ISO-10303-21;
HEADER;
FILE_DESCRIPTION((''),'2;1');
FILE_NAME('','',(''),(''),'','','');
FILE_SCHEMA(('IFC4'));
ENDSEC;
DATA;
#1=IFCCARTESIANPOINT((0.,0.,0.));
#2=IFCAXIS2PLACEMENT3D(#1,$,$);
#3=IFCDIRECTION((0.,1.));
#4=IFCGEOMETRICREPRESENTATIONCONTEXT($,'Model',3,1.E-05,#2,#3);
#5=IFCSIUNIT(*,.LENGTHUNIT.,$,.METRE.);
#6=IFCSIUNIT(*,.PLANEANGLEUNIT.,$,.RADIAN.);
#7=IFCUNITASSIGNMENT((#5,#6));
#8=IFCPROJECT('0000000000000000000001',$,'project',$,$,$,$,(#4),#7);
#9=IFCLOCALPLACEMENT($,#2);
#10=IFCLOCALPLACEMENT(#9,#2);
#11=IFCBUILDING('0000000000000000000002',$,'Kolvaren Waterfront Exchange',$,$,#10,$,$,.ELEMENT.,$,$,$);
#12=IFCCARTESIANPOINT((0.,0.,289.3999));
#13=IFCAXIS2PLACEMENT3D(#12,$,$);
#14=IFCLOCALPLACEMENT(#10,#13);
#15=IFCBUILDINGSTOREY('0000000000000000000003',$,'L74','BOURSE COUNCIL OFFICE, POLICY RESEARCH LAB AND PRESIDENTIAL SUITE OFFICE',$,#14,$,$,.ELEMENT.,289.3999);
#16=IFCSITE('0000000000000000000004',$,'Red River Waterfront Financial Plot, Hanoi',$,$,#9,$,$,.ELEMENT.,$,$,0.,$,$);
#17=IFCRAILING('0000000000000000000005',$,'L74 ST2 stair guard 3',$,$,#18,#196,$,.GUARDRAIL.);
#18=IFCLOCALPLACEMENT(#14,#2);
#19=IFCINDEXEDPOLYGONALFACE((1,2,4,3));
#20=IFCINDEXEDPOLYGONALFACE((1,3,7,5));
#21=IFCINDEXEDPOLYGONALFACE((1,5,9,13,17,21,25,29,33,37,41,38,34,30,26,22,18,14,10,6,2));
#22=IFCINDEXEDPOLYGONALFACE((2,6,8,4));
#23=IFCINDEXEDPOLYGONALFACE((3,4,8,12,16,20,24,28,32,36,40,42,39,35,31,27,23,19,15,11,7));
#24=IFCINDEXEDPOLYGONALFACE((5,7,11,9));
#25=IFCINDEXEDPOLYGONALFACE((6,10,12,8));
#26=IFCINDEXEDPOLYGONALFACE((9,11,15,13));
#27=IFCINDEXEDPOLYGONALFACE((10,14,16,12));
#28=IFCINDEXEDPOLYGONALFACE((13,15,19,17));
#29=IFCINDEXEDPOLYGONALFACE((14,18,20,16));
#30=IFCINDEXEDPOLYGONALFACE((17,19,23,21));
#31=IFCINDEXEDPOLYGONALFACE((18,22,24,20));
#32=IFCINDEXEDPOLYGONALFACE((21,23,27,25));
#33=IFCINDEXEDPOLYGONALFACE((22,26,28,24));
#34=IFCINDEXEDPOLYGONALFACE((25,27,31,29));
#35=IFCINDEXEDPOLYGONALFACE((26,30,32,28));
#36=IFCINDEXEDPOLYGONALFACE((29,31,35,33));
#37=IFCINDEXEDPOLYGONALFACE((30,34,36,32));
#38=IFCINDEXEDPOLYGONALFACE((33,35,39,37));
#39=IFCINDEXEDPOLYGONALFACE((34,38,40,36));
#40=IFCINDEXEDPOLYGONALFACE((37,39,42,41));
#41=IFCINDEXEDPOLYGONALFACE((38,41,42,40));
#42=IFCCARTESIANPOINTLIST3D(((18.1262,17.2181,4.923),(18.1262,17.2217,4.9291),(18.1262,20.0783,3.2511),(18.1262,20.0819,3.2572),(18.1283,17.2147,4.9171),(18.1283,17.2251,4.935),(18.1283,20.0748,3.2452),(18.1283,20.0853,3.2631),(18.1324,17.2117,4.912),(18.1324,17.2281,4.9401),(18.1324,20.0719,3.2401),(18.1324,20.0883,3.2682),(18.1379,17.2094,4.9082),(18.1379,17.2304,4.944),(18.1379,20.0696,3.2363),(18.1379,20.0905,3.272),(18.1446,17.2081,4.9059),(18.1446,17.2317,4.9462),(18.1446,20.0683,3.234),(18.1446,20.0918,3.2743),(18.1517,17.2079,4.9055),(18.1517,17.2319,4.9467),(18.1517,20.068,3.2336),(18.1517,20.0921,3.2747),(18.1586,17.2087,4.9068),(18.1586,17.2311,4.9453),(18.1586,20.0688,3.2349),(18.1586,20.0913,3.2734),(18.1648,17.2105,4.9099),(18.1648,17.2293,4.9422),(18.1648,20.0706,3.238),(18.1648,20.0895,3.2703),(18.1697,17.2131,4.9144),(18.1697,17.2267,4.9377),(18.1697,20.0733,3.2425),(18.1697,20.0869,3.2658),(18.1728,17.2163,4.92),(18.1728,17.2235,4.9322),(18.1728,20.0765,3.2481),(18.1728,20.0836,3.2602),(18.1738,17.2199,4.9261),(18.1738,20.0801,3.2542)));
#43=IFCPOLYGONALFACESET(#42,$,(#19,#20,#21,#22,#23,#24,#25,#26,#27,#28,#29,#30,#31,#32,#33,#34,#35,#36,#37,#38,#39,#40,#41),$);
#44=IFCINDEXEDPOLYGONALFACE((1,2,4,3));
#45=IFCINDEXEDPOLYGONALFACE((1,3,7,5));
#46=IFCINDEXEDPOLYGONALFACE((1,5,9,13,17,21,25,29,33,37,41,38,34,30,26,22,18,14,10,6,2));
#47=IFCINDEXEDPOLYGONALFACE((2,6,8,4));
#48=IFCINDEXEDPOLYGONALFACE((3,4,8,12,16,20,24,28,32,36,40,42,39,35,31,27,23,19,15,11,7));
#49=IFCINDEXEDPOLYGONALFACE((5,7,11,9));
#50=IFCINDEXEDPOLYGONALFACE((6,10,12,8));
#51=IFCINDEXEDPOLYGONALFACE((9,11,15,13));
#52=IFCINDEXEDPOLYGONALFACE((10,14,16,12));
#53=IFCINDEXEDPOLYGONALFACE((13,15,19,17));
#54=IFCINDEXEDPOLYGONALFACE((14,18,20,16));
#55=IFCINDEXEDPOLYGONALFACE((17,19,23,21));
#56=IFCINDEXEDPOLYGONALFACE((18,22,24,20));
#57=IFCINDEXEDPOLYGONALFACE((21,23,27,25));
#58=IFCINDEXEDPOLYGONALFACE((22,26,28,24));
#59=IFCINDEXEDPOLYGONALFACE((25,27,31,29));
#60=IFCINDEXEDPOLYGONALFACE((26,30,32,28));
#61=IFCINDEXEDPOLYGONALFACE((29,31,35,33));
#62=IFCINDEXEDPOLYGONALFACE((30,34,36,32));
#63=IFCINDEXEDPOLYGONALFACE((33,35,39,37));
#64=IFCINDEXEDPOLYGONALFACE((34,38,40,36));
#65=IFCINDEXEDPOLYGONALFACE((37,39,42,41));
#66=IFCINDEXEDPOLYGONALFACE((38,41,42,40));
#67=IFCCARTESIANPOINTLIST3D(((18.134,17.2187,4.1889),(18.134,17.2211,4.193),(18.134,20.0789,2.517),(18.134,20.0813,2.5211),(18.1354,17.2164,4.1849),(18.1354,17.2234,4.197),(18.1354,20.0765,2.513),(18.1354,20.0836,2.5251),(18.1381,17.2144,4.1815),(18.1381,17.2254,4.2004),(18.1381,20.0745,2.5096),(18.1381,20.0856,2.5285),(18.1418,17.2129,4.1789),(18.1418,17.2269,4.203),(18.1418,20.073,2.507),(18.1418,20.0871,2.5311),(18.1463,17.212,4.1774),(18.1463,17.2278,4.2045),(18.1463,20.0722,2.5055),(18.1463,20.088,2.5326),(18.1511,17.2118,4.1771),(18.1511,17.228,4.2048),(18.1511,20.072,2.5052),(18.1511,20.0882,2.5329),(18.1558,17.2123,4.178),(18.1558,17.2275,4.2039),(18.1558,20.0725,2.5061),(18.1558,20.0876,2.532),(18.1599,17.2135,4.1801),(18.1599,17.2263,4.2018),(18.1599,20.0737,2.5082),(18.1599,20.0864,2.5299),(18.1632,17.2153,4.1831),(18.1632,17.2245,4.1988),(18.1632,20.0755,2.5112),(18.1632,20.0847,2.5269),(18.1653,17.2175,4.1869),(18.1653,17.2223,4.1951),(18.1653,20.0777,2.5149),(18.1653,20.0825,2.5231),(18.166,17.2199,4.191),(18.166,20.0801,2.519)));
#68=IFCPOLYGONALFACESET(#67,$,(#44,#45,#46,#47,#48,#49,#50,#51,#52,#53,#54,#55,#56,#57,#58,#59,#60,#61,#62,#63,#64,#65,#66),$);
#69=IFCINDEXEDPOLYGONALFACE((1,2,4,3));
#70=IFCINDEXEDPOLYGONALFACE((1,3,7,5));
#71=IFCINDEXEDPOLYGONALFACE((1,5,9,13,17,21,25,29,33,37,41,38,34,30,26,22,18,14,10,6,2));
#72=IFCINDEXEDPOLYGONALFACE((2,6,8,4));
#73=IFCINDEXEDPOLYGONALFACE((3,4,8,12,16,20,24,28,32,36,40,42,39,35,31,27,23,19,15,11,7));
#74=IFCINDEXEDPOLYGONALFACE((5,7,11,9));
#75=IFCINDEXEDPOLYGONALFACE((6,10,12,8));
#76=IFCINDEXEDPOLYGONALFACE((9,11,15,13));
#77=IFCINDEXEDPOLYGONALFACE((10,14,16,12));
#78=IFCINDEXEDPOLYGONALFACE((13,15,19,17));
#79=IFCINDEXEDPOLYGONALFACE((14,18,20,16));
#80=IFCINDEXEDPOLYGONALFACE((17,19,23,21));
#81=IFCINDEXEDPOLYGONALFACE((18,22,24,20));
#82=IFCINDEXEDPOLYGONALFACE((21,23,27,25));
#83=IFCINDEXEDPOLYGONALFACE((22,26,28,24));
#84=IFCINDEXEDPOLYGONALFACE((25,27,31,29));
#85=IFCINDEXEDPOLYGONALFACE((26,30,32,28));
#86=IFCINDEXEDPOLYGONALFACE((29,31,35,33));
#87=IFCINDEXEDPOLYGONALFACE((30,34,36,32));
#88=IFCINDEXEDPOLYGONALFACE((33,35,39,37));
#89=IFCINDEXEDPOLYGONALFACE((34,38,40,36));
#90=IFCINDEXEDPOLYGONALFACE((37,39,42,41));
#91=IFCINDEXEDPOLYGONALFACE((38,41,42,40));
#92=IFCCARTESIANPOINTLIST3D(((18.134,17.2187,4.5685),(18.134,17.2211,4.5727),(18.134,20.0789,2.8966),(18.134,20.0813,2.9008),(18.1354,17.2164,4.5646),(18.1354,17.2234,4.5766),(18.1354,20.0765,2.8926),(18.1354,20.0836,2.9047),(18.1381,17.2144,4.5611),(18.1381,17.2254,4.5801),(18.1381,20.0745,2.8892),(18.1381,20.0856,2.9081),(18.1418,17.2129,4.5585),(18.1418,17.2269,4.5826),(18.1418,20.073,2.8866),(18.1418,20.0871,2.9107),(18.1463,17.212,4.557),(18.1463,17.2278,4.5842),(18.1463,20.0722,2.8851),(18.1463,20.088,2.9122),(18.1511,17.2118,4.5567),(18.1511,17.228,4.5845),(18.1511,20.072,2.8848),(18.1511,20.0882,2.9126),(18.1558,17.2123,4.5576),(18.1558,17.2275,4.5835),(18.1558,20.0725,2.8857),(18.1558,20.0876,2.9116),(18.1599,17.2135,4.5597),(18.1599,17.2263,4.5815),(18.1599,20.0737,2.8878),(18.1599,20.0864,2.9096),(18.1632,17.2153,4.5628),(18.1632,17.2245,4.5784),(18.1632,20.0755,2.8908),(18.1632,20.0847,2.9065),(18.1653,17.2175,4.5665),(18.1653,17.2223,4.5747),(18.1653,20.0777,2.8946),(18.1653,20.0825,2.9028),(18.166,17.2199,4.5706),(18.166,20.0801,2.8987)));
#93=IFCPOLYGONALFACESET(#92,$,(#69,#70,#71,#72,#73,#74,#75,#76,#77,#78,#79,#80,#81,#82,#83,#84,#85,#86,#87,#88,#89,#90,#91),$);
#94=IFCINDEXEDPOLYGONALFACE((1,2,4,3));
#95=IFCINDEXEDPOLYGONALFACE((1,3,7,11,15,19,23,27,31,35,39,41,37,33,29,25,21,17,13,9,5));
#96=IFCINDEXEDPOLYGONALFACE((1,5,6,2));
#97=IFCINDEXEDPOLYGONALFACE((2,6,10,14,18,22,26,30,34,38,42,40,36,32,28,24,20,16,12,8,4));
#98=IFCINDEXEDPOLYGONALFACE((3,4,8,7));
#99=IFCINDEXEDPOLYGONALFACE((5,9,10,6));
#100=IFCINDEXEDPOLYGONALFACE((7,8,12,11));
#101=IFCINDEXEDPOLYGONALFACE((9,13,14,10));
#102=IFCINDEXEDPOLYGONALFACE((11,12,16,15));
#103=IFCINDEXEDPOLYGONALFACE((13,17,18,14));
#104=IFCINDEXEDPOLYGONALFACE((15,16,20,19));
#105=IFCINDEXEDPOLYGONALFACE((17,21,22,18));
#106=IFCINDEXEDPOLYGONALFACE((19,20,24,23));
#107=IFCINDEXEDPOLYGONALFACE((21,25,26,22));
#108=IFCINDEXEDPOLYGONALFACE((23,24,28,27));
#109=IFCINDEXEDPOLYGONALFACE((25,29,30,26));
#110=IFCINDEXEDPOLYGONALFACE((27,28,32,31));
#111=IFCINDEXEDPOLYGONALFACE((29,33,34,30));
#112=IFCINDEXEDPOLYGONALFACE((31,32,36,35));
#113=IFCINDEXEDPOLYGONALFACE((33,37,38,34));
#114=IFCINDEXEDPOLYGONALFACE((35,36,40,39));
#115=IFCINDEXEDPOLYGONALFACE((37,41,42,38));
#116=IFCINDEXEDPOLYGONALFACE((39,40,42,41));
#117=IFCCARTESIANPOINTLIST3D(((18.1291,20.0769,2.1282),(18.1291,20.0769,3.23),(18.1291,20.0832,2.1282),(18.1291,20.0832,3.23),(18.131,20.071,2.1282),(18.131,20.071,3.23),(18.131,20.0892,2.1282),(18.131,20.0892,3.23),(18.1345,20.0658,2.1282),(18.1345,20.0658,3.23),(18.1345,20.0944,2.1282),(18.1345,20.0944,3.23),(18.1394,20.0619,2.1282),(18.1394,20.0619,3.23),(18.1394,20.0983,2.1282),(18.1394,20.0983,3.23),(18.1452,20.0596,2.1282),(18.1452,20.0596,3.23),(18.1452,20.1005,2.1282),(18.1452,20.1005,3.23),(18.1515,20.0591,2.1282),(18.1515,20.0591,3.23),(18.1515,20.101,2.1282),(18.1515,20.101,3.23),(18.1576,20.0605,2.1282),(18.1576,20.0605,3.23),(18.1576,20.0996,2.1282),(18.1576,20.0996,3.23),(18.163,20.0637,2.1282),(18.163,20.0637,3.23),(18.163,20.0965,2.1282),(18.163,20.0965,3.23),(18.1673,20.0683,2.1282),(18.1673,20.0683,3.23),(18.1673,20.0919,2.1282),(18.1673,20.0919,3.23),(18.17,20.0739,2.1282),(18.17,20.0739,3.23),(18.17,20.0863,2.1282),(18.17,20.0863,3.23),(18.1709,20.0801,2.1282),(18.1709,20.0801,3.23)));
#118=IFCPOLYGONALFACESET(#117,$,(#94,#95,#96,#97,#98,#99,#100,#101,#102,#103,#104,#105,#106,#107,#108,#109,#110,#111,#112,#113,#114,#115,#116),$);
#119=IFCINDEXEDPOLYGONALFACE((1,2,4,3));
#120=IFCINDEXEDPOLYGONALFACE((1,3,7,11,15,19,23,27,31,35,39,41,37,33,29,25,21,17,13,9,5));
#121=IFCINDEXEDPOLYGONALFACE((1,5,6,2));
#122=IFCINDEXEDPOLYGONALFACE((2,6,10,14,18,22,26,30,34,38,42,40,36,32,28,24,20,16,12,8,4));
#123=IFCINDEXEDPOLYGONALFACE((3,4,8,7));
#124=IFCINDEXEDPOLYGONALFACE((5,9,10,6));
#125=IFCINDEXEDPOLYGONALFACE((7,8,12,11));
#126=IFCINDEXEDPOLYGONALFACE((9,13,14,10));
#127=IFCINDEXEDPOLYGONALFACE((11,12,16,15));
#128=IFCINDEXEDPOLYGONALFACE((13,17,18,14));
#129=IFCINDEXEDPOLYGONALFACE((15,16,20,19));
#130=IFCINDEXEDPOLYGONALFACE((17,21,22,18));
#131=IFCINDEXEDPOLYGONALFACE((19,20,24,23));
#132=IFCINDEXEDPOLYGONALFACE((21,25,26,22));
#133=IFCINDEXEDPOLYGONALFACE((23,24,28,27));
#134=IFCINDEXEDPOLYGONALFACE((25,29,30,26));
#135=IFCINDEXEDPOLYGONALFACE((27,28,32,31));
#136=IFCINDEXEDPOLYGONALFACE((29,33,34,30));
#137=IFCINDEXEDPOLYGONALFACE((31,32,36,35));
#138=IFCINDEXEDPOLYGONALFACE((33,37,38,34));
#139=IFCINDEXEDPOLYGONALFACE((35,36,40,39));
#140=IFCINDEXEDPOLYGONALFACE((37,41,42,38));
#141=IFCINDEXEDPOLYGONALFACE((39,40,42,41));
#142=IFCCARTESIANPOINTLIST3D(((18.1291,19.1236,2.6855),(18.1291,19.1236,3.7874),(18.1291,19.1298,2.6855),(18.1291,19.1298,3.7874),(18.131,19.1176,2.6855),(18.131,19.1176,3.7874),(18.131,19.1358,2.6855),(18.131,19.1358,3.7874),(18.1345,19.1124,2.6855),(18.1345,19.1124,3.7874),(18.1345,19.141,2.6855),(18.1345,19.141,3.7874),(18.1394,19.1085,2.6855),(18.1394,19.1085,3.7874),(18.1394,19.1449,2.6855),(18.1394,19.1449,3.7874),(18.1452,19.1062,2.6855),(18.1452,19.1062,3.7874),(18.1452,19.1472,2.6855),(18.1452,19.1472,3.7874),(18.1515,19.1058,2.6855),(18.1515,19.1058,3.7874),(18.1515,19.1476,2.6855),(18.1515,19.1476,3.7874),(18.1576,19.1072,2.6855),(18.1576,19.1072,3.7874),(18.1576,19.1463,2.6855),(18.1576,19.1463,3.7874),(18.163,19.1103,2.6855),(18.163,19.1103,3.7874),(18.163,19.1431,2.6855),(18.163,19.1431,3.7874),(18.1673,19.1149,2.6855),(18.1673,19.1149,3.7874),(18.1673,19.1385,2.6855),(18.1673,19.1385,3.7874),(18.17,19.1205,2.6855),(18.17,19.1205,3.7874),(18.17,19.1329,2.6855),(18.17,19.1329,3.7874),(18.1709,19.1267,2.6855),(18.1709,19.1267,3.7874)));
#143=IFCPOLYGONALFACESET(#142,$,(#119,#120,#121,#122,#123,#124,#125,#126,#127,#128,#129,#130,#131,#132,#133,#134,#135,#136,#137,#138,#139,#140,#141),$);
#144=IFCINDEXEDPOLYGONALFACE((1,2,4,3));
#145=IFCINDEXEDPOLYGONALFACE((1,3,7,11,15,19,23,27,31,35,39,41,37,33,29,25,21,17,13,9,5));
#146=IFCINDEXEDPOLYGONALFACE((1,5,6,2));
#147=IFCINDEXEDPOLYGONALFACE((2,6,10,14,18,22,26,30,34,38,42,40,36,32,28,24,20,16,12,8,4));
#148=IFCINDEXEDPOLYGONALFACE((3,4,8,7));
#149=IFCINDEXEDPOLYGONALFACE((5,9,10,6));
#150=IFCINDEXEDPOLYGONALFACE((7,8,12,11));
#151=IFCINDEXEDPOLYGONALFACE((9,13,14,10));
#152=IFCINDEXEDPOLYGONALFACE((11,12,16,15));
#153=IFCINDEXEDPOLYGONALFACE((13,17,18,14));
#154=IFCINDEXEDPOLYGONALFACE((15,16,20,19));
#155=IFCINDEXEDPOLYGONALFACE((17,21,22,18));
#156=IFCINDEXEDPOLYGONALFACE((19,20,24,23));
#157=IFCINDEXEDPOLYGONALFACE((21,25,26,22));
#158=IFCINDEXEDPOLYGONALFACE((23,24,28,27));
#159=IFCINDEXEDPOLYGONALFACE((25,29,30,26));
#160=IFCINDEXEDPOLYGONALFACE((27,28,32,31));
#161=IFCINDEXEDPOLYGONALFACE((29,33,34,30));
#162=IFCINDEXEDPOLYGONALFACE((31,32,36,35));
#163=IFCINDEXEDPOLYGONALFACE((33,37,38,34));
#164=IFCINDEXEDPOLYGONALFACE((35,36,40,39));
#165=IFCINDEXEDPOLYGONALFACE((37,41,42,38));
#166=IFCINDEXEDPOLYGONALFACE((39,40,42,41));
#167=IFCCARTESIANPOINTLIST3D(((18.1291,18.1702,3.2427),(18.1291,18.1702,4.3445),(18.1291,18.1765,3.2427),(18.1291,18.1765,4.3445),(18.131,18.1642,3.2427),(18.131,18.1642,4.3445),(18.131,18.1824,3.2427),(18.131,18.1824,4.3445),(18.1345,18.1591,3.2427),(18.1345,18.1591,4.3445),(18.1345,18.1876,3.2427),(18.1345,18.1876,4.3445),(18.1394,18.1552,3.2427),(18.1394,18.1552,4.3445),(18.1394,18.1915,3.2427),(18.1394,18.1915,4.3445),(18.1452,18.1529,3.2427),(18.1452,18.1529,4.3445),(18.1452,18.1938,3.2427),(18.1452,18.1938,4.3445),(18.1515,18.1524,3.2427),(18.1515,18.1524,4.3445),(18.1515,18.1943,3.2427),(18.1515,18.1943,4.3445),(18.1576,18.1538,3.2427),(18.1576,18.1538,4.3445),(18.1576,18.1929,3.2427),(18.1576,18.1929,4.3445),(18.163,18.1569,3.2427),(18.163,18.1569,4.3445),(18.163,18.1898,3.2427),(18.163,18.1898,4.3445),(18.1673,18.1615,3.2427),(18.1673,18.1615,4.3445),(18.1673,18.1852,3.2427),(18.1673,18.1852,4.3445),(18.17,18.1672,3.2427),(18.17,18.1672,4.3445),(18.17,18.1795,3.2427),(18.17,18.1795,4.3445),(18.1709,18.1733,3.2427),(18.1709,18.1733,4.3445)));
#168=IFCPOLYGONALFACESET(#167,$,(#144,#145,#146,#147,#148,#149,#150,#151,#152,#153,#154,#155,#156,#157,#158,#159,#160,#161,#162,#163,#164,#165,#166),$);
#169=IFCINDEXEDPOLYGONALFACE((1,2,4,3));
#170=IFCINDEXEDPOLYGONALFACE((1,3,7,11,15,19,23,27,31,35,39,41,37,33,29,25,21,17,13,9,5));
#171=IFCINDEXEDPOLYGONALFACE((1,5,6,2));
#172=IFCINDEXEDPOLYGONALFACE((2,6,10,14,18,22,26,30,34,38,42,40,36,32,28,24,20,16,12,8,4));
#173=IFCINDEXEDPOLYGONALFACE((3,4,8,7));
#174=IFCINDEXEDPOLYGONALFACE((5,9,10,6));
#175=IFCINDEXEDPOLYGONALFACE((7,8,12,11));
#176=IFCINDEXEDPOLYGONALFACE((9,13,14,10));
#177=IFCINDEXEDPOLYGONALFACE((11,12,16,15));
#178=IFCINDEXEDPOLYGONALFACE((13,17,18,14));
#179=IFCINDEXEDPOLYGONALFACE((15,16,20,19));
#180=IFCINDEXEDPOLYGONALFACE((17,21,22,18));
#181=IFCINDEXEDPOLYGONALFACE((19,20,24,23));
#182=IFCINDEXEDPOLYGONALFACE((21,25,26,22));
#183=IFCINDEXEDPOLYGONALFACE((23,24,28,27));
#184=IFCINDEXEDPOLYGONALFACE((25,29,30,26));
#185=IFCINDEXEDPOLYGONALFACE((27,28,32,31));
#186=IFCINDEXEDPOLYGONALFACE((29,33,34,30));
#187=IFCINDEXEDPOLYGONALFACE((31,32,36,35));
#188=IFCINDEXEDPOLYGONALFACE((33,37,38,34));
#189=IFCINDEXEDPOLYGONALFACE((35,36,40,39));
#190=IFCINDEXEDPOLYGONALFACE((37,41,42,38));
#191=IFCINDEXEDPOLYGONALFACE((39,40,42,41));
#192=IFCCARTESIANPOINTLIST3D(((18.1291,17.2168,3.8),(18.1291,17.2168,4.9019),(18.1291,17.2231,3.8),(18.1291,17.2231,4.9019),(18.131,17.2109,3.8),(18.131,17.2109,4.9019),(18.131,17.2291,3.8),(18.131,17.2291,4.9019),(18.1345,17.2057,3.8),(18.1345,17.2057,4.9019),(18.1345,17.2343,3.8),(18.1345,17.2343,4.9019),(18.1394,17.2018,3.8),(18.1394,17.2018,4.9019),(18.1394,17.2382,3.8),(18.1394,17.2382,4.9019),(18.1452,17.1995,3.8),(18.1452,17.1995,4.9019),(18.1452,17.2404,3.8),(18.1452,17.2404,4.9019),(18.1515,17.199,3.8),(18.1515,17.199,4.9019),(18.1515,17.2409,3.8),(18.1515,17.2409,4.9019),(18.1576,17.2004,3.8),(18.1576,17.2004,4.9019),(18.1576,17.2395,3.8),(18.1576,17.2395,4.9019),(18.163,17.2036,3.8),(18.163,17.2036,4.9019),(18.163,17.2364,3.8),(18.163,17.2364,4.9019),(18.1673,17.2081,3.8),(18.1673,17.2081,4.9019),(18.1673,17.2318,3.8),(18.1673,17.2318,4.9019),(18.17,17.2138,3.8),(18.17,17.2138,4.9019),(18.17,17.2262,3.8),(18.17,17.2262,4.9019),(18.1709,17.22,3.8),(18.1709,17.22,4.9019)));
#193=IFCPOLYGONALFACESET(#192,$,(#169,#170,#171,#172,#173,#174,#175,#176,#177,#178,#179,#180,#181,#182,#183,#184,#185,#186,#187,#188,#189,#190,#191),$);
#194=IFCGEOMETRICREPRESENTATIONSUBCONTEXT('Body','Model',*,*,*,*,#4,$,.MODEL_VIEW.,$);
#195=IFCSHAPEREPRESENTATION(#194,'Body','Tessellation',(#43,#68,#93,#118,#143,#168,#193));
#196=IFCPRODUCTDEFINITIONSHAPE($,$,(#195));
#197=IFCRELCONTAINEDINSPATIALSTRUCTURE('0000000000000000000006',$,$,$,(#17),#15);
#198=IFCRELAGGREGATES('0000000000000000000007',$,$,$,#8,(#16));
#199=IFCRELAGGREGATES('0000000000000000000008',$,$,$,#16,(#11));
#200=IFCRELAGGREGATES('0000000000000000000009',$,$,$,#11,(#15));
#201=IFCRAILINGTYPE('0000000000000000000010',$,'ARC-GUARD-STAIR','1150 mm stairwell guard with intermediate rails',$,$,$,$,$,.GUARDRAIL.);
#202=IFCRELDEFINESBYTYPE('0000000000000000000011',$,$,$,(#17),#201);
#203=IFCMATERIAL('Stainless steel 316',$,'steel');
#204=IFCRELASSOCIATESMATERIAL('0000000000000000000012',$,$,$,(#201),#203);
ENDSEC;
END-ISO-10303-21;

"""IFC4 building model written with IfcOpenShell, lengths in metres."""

from ifc_helpers import new_model, si_unit, direction, frame, origin, origin_2d, place, context, subcontext, project, spatial, circle, extrude, material, type_object, element, save


model = new_model("IFC4")

# Units and contexts
model_context = context("Model", 3, precision=1e-05, world=origin(), true_north=direction((0.0, 1.0)))
body_context = subcontext(model_context, "Body", "Model", "MODEL_VIEW")
ifc_project = project(units=[si_unit("LENGTHUNIT", "METRE"), si_unit("PLANEANGLEUNIT", "RADIAN")], contexts=[model_context])

# Site, building, storey
site_placement = place(None, origin())
site = spatial("IfcSite", under=ifc_project, at=site_placement, Name="Red River Waterfront Financial Plot, Hanoi", CompositionType="ELEMENT", RefElevation=0.0)
building_placement = place(site_placement, origin())
building = spatial("IfcBuilding", under=site, at=building_placement, Name="Kolvaren Waterfront Exchange", CompositionType="ELEMENT")
storey_placement = place(building_placement, frame((0.0, 0.0, 289.3999)))
storey = spatial("IfcBuildingStorey", under=building, at=storey_placement, Name="L74", Description="BOURSE COUNCIL OFFICE, POLICY RESEARCH LAB AND PRESIDENTIAL SUITE OFFICE", CompositionType="ELEMENT", Elevation=289.3999)

# Railing
ifc_material_1 = material(Name="Stainless steel 316", Category="steel")
railing_type = type_object("IfcRailingType", Name="ARC-GUARD-STAIR", Description="1150 mm stairwell guard with intermediate rails", PredefinedType="GUARDRAIL", material=ifc_material_1)
railing_placement = place(storey_placement, frame((18.1499, 20.0801, 2.1282)))
element("IfcRailing", 1, at=railing_placement, inside=storey, type_object=railing_type, Name="L74 ST2 stair guard 3", PredefinedType="GUARDRAIL", context=body_context, shape_type="SweptSolid", body=[
    extrude(circle(Radius=0.0239, at=origin_2d()), frame((0.0, 0.0, 1.126), z_axis=(0.0, -0.863321, 0.504654), x_axis=(1.0, 0.0, 0.0)), (0.0, 0.0, 1.0), 3.313),
    extrude(circle(Radius=0.0161, at=origin_2d()), frame((0.0, 0.0, 0.3909), z_axis=(0.0, -0.863321, 0.504654), x_axis=(1.0, 0.0, 0.0)), (0.0, 0.0, 1.0), 3.313),
    extrude(circle(Radius=0.0161, at=origin_2d()), frame((0.0, 0.0, 0.7705), z_axis=(0.0, -0.863321, 0.504654), x_axis=(1.0, 0.0, 0.0)), (0.0, 0.0, 1.0), 3.313),
    extrude(circle(Radius=0.021, at=origin_2d()), origin(), (0.0, 0.0, 1.0), 1.1018),
    extrude(circle(Radius=0.021, at=origin_2d()), frame((0.0, -0.9534, 0.5574)), (0.0, 0.0, 1.0), 1.1018),
    extrude(circle(Radius=0.021, at=origin_2d()), frame((0.0, -1.9067, 1.1145)), (0.0, 0.0, 1.0), 1.1018),
    extrude(circle(Radius=0.021, at=origin_2d()), frame((0.0, -2.8601, 1.6719)), (0.0, 0.0, 1.0), 1.1018),
])

save(model, "model.ifc")
